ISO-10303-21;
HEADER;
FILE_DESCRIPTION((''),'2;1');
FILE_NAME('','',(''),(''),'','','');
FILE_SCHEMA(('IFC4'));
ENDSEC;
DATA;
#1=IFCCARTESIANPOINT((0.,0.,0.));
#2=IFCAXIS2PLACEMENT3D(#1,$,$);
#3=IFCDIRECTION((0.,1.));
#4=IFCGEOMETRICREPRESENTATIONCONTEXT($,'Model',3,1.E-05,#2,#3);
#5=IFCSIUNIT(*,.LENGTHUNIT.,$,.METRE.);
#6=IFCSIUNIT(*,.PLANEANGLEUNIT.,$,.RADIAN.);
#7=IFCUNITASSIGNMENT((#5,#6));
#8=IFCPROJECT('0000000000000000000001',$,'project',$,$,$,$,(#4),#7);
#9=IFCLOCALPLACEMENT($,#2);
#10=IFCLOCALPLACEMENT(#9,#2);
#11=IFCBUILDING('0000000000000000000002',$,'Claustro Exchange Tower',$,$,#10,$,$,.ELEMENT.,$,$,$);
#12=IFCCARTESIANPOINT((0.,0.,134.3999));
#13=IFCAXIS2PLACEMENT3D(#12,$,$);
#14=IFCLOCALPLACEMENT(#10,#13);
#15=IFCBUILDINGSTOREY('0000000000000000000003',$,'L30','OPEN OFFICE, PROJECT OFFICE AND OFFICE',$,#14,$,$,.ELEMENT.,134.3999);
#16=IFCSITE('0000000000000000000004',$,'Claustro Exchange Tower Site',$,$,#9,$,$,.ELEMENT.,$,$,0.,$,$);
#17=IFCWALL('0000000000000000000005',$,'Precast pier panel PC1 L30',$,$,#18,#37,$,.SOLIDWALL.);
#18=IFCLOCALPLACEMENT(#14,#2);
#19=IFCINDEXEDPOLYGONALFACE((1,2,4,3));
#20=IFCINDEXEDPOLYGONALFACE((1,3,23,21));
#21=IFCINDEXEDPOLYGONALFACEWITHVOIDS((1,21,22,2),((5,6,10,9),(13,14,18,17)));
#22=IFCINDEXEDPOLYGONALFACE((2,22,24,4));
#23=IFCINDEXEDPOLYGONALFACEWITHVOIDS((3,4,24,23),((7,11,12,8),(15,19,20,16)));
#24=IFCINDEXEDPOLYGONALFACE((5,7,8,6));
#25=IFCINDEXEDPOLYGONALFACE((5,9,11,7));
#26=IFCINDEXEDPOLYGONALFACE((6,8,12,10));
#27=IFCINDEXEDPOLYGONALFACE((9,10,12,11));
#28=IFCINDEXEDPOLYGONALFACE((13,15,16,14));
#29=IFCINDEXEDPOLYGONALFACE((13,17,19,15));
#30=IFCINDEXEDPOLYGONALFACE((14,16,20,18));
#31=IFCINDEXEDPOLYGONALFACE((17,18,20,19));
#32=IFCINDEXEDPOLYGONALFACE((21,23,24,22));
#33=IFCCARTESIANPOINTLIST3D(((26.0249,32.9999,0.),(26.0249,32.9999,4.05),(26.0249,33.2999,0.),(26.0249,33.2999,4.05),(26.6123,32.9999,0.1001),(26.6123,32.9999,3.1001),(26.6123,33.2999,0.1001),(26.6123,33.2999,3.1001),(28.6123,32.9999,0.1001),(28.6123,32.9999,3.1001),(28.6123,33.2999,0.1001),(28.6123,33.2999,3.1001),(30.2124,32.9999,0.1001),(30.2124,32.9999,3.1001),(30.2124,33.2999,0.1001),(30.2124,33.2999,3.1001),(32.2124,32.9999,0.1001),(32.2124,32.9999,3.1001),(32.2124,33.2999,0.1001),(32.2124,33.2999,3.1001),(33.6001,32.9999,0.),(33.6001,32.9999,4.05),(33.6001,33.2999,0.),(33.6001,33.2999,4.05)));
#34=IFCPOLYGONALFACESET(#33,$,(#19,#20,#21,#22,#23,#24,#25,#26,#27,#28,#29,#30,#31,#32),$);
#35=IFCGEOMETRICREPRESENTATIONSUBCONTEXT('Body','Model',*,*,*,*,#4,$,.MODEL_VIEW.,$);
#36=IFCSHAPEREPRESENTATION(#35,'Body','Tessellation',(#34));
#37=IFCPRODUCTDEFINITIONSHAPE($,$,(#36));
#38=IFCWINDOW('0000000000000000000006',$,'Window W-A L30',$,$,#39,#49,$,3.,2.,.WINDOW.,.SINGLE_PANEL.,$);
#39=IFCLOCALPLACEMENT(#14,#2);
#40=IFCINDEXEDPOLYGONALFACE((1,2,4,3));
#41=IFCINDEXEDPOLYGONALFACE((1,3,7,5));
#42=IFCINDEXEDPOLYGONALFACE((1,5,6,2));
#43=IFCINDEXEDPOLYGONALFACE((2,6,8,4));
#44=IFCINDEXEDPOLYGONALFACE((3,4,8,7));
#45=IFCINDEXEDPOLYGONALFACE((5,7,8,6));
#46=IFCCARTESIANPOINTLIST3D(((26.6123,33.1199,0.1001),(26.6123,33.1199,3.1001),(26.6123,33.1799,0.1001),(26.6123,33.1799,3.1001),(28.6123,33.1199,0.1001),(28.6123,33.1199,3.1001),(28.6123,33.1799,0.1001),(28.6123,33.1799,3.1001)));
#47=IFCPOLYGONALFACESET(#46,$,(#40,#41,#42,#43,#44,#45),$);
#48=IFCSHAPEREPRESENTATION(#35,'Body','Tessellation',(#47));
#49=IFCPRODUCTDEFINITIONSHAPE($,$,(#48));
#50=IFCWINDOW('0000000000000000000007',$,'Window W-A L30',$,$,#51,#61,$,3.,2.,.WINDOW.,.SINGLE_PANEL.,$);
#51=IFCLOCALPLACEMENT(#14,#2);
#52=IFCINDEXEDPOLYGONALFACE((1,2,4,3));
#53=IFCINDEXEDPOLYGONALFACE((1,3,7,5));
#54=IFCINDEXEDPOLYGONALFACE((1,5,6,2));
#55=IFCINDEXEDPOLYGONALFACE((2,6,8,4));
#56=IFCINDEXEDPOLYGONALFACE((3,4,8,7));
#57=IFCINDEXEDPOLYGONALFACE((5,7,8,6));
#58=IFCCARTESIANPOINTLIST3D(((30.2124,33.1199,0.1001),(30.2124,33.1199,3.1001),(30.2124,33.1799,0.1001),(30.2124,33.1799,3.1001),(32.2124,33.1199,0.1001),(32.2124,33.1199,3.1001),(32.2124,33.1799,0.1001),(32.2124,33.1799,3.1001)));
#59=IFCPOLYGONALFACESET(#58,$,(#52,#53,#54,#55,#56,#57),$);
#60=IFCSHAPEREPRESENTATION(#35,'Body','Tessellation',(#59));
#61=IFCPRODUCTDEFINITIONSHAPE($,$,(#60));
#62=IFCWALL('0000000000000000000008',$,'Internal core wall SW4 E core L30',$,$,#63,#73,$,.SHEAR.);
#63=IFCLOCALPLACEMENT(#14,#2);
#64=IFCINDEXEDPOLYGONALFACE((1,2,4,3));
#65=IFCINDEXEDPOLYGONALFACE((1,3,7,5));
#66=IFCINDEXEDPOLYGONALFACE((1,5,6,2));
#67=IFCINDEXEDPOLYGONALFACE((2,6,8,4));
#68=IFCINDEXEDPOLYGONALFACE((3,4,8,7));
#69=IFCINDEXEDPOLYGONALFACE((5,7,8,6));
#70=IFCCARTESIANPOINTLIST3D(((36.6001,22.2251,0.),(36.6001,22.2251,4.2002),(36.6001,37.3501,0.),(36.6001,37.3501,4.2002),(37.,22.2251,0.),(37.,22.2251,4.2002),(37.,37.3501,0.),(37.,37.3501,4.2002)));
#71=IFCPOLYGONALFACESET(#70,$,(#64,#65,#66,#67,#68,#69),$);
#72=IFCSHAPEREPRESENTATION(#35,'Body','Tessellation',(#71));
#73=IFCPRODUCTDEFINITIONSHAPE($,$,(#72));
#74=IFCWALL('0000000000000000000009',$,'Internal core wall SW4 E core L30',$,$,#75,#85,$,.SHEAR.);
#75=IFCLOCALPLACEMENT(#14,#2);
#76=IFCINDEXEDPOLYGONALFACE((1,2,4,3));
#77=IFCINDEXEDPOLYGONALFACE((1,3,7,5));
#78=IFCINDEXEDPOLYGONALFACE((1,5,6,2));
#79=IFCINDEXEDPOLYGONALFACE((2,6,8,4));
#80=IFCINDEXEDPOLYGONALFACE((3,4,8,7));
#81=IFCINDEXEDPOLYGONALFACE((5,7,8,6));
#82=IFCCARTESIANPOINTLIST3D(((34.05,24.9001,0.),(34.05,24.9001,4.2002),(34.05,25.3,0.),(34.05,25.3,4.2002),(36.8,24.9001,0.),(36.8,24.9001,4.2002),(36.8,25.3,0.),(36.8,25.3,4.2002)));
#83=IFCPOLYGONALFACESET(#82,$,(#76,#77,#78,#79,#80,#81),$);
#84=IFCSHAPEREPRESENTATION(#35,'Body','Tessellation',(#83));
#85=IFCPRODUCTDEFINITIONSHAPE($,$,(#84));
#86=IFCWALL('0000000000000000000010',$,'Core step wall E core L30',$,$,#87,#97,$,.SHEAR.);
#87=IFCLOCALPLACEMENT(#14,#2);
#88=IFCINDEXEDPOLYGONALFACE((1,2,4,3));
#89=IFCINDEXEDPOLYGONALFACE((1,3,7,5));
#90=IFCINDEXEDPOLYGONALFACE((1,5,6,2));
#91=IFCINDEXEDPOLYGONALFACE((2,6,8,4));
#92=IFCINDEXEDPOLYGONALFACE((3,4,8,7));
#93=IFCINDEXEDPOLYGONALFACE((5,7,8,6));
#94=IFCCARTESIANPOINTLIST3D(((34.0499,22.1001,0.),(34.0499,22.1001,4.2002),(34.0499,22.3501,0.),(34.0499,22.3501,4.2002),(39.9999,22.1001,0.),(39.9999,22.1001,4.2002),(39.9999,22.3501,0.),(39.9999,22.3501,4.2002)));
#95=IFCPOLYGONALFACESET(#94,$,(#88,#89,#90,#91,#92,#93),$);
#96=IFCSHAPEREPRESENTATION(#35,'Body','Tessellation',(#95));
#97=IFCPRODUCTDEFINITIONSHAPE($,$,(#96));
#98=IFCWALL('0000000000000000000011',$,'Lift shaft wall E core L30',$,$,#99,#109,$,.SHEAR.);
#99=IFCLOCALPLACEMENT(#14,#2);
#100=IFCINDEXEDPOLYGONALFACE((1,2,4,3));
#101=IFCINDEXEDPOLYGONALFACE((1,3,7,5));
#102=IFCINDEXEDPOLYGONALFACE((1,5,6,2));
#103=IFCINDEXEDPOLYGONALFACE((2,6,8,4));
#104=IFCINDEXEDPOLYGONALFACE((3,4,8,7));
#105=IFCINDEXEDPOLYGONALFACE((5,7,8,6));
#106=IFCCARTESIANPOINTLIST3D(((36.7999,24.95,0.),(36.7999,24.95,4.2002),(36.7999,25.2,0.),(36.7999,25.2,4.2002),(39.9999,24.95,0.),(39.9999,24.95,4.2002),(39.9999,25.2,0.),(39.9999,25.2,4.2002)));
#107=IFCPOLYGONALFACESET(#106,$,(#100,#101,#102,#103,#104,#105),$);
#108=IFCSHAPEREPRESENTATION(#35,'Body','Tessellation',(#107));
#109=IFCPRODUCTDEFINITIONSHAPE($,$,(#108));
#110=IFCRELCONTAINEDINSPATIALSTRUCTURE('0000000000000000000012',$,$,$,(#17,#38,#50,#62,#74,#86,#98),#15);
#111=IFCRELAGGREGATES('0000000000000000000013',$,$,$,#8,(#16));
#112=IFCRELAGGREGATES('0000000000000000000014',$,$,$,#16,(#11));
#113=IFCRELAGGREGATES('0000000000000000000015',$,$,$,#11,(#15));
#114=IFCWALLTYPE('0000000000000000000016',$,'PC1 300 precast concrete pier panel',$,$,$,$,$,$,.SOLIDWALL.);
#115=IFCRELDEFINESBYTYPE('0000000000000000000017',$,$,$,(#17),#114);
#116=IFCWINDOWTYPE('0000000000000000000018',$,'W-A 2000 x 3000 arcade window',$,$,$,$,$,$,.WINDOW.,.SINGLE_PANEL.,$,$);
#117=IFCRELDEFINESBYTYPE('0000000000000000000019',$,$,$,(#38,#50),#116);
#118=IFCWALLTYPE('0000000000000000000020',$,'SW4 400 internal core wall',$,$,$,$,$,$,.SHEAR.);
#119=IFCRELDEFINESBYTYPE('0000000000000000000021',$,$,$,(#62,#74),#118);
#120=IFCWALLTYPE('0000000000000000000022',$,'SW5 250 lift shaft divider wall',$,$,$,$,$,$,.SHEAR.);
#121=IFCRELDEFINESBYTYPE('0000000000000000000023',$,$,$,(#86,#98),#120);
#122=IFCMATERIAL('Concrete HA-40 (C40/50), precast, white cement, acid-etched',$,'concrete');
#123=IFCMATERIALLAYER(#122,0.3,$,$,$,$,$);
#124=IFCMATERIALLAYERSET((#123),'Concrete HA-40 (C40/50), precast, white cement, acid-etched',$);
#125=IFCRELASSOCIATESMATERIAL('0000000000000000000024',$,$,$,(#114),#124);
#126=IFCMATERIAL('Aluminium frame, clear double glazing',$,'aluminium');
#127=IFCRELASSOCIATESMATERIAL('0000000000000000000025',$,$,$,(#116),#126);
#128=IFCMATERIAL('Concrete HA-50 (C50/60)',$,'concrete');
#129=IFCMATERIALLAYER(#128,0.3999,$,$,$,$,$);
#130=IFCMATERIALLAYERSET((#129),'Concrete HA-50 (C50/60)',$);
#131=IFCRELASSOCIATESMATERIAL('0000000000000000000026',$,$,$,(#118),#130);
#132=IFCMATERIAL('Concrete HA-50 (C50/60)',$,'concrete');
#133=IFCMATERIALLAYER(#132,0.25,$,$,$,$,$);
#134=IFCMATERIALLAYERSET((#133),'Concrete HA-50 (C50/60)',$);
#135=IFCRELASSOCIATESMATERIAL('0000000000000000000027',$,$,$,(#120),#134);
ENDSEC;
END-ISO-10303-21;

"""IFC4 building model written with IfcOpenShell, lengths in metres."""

from ifc_helpers import new_model, si_unit, direction, frame, frame_2d, origin, place, context, subcontext, project, spatial, rectangle, extrude, material, layer, layer_set, type_object, element, fill, save


model = new_model("IFC4")

# Units and contexts
model_context = context("Model", 3, precision=1e-05, world=origin(), true_north=direction((0.0, 1.0)))
body_context = subcontext(model_context, "Body", "Model", "MODEL_VIEW")
ifc_project = project(units=[si_unit("LENGTHUNIT", "METRE"), si_unit("PLANEANGLEUNIT", "RADIAN")], contexts=[model_context])

# Site, building, storey
site_placement = place(None, origin())
site = spatial("IfcSite", under=ifc_project, at=site_placement, Name="Claustro Exchange Tower Site", CompositionType="ELEMENT", RefElevation=0.0)
building_placement = place(site_placement, origin())
building = spatial("IfcBuilding", under=site, at=building_placement, Name="Claustro Exchange Tower", CompositionType="ELEMENT")
storey_placement = place(building_placement, frame((0.0, 0.0, 134.3999)))
storey = spatial("IfcBuildingStorey", under=building, at=storey_placement, Name="L30", Description="OPEN OFFICE, PROJECT OFFICE AND OFFICE", CompositionType="ELEMENT", Elevation=134.3999)

# Wall, openings, windows
ifc_material_1 = material(Name="Concrete HA-40 (C40/50), precast, white cement, acid-etched", Category="concrete")
ifc_layer_1 = layer(ifc_material_1, 0.3)
ifc_layer_set_1 = layer_set([ifc_layer_1], Name="Concrete HA-40 (C40/50), precast, white cement, acid-etched")
wall_type_1 = type_object("IfcWallType", Name="PC1 300 precast concrete pier panel", PredefinedType="SOLIDWALL", material=ifc_layer_set_1)
wall_1_placement = place(storey_placement, frame((26.0249, 33.1499, 0.0), z_axis=(0.0, 0.0, 1.0), x_axis=(1.0, 0.0, 0.0)))
wall_1 = element("IfcWall", 1, at=wall_1_placement, inside=storey, type_object=wall_type_1, Name="Precast pier panel PC1 L30", PredefinedType="SOLIDWALL", context=body_context, shape_type="SweptSolid", body=[
    extrude(rectangle(XDim=7.5752, YDim=0.3, at=frame_2d((3.7876, 0.0))), origin(), (0.0, 0.0, 1.0), 4.05),
])
opening_1_placement = place(wall_1_placement, frame((0.5874, 0.0, 0.1001)))
opening_1 = element("IfcOpeningElement", 2, at=opening_1_placement, cuts=wall_1, PredefinedType="OPENING", context=body_context, shape_type="SweptSolid", body=[
    extrude(rectangle(XDim=2.0, YDim=3.0, at=frame_2d((1.0, 1.5))), frame((0.0, 0.1599, 0.0), z_axis=(0.0, -1.0, 0.0), x_axis=(1.0, 0.0, 0.0)), (0.0, 0.0, 1.0), 0.3201),
])
opening_2_placement = place(wall_1_placement, frame((4.1875, 0.0, 0.1001)))
opening_2 = element("IfcOpeningElement", 3, at=opening_2_placement, cuts=wall_1, PredefinedType="OPENING", context=body_context, shape_type="SweptSolid", body=[
    extrude(rectangle(XDim=2.0, YDim=3.0, at=frame_2d((1.0, 1.5))), frame((0.0, 0.1599, 0.0), z_axis=(0.0, -1.0, 0.0), x_axis=(1.0, 0.0, 0.0)), (0.0, 0.0, 1.0), 0.3201),
])
ifc_material_2 = material(Name="Aluminium frame, clear double glazing", Category="aluminium")
window_type = type_object("IfcWindowType", Name="W-A 2000 x 3000 arcade window", PartitioningType="SINGLE_PANEL", PredefinedType="WINDOW", material=ifc_material_2)
window_1_placement = place(opening_1_placement, origin())
window_1 = element("IfcWindow", 4, at=window_1_placement, inside=storey, type_object=window_type, Name="Window W-A L30", OverallHeight=3.0, OverallWidth=2.0, PartitioningType="SINGLE_PANEL", PredefinedType="WINDOW", context=body_context, shape_type="SweptSolid", body=[
    extrude(rectangle(XDim=2.0, YDim=3.0, at=frame_2d((1.0, 1.5))), frame((0.0, 0.03, 0.0), z_axis=(0.0, -1.0, 0.0), x_axis=(1.0, 0.0, 0.0)), (0.0, 0.0, 1.0), 0.0601),
])
fill(opening_1, window_1)
window_2_placement = place(opening_2_placement, origin())
window_2 = element("IfcWindow", 5, at=window_2_placement, inside=storey, type_object=window_type, Name="Window W-A L30", OverallHeight=3.0, OverallWidth=2.0, PartitioningType="SINGLE_PANEL", PredefinedType="WINDOW", context=body_context, shape_type="SweptSolid", body=[
    extrude(rectangle(XDim=2.0, YDim=3.0, at=frame_2d((1.0, 1.5))), frame((0.0, 0.03, 0.0), z_axis=(0.0, -1.0, 0.0), x_axis=(1.0, 0.0, 0.0)), (0.0, 0.0, 1.0), 0.0601),
])
fill(opening_2, window_2)

# Walls
ifc_material_3 = material(Name="Concrete HA-50 (C50/60)", Category="concrete")
ifc_layer_2 = layer(ifc_material_3, 0.3999)
ifc_layer_set_2 = layer_set([ifc_layer_2], Name="Concrete HA-50 (C50/60)")
wall_type_2 = type_object("IfcWallType", Name="SW4 400 internal core wall", PredefinedType="SHEAR", material=ifc_layer_set_2)
wall_2_placement = place(storey_placement, frame((36.8, 22.2251, 0.0), z_axis=(0.0, 0.0, 1.0), x_axis=(0.0, 1.0, 0.0)))
element("IfcWall", 6, at=wall_2_placement, inside=storey, type_object=wall_type_2, Name="Internal core wall SW4 E core L30", PredefinedType="SHEAR", context=body_context, shape_type="SweptSolid", body=[
    extrude(rectangle(XDim=15.125, YDim=0.3999, at=frame_2d((7.5625, 0.0))), origin(), (0.0, 0.0, 1.0), 4.2002),
])
wall_3_placement = place(storey_placement, frame((36.8, 25.1001, 0.0), z_axis=(0.0, 0.0, 1.0), x_axis=(-1.0, 0.0, 0.0)))
element("IfcWall", 7, at=wall_3_placement, inside=storey, type_object=wall_type_2, Name="Internal core wall SW4 E core L30", PredefinedType="SHEAR", context=body_context, shape_type="SweptSolid", body=[
    extrude(rectangle(XDim=2.75, YDim=0.3999, at=frame_2d((1.375, 0.0))), origin(), (0.0, 0.0, 1.0), 4.2002),
])
ifc_material_4 = material(Name="Concrete HA-50 (C50/60)", Category="concrete")
ifc_layer_3 = layer(ifc_material_4, 0.25)
ifc_layer_set_3 = layer_set([ifc_layer_3], Name="Concrete HA-50 (C50/60)")
wall_type_3 = type_object("IfcWallType", Name="SW5 250 lift shaft divider wall", PredefinedType="SHEAR", material=ifc_layer_set_3)
wall_4_placement = place(storey_placement, frame((40.0, 22.2251, 0.0), z_axis=(0.0, 0.0, 1.0), x_axis=(-1.0, 0.0, 0.0)))
element("IfcWall", 8, at=wall_4_placement, inside=storey, type_object=wall_type_3, Name="Core step wall E core L30", PredefinedType="SHEAR", context=body_context, shape_type="SweptSolid", body=[
    extrude(rectangle(XDim=5.95, YDim=0.25, at=frame_2d((2.9751, 0.0))), origin(), (0.0, 0.0, 1.0), 4.2002),
])
wall_5_placement = place(storey_placement, frame((40.0, 25.075, 0.0), z_axis=(0.0, 0.0, 1.0), x_axis=(-1.0, 0.0, 0.0)))
element("IfcWall", 9, at=wall_5_placement, inside=storey, type_object=wall_type_3, Name="Lift shaft wall E core L30", PredefinedType="SHEAR", context=body_context, shape_type="SweptSolid", body=[
    extrude(rectangle(XDim=3.2, YDim=0.25, at=frame_2d((1.6001, 0.0))), origin(), (0.0, 0.0, 1.0), 4.2002),
])

save(model, "model.ifc")
